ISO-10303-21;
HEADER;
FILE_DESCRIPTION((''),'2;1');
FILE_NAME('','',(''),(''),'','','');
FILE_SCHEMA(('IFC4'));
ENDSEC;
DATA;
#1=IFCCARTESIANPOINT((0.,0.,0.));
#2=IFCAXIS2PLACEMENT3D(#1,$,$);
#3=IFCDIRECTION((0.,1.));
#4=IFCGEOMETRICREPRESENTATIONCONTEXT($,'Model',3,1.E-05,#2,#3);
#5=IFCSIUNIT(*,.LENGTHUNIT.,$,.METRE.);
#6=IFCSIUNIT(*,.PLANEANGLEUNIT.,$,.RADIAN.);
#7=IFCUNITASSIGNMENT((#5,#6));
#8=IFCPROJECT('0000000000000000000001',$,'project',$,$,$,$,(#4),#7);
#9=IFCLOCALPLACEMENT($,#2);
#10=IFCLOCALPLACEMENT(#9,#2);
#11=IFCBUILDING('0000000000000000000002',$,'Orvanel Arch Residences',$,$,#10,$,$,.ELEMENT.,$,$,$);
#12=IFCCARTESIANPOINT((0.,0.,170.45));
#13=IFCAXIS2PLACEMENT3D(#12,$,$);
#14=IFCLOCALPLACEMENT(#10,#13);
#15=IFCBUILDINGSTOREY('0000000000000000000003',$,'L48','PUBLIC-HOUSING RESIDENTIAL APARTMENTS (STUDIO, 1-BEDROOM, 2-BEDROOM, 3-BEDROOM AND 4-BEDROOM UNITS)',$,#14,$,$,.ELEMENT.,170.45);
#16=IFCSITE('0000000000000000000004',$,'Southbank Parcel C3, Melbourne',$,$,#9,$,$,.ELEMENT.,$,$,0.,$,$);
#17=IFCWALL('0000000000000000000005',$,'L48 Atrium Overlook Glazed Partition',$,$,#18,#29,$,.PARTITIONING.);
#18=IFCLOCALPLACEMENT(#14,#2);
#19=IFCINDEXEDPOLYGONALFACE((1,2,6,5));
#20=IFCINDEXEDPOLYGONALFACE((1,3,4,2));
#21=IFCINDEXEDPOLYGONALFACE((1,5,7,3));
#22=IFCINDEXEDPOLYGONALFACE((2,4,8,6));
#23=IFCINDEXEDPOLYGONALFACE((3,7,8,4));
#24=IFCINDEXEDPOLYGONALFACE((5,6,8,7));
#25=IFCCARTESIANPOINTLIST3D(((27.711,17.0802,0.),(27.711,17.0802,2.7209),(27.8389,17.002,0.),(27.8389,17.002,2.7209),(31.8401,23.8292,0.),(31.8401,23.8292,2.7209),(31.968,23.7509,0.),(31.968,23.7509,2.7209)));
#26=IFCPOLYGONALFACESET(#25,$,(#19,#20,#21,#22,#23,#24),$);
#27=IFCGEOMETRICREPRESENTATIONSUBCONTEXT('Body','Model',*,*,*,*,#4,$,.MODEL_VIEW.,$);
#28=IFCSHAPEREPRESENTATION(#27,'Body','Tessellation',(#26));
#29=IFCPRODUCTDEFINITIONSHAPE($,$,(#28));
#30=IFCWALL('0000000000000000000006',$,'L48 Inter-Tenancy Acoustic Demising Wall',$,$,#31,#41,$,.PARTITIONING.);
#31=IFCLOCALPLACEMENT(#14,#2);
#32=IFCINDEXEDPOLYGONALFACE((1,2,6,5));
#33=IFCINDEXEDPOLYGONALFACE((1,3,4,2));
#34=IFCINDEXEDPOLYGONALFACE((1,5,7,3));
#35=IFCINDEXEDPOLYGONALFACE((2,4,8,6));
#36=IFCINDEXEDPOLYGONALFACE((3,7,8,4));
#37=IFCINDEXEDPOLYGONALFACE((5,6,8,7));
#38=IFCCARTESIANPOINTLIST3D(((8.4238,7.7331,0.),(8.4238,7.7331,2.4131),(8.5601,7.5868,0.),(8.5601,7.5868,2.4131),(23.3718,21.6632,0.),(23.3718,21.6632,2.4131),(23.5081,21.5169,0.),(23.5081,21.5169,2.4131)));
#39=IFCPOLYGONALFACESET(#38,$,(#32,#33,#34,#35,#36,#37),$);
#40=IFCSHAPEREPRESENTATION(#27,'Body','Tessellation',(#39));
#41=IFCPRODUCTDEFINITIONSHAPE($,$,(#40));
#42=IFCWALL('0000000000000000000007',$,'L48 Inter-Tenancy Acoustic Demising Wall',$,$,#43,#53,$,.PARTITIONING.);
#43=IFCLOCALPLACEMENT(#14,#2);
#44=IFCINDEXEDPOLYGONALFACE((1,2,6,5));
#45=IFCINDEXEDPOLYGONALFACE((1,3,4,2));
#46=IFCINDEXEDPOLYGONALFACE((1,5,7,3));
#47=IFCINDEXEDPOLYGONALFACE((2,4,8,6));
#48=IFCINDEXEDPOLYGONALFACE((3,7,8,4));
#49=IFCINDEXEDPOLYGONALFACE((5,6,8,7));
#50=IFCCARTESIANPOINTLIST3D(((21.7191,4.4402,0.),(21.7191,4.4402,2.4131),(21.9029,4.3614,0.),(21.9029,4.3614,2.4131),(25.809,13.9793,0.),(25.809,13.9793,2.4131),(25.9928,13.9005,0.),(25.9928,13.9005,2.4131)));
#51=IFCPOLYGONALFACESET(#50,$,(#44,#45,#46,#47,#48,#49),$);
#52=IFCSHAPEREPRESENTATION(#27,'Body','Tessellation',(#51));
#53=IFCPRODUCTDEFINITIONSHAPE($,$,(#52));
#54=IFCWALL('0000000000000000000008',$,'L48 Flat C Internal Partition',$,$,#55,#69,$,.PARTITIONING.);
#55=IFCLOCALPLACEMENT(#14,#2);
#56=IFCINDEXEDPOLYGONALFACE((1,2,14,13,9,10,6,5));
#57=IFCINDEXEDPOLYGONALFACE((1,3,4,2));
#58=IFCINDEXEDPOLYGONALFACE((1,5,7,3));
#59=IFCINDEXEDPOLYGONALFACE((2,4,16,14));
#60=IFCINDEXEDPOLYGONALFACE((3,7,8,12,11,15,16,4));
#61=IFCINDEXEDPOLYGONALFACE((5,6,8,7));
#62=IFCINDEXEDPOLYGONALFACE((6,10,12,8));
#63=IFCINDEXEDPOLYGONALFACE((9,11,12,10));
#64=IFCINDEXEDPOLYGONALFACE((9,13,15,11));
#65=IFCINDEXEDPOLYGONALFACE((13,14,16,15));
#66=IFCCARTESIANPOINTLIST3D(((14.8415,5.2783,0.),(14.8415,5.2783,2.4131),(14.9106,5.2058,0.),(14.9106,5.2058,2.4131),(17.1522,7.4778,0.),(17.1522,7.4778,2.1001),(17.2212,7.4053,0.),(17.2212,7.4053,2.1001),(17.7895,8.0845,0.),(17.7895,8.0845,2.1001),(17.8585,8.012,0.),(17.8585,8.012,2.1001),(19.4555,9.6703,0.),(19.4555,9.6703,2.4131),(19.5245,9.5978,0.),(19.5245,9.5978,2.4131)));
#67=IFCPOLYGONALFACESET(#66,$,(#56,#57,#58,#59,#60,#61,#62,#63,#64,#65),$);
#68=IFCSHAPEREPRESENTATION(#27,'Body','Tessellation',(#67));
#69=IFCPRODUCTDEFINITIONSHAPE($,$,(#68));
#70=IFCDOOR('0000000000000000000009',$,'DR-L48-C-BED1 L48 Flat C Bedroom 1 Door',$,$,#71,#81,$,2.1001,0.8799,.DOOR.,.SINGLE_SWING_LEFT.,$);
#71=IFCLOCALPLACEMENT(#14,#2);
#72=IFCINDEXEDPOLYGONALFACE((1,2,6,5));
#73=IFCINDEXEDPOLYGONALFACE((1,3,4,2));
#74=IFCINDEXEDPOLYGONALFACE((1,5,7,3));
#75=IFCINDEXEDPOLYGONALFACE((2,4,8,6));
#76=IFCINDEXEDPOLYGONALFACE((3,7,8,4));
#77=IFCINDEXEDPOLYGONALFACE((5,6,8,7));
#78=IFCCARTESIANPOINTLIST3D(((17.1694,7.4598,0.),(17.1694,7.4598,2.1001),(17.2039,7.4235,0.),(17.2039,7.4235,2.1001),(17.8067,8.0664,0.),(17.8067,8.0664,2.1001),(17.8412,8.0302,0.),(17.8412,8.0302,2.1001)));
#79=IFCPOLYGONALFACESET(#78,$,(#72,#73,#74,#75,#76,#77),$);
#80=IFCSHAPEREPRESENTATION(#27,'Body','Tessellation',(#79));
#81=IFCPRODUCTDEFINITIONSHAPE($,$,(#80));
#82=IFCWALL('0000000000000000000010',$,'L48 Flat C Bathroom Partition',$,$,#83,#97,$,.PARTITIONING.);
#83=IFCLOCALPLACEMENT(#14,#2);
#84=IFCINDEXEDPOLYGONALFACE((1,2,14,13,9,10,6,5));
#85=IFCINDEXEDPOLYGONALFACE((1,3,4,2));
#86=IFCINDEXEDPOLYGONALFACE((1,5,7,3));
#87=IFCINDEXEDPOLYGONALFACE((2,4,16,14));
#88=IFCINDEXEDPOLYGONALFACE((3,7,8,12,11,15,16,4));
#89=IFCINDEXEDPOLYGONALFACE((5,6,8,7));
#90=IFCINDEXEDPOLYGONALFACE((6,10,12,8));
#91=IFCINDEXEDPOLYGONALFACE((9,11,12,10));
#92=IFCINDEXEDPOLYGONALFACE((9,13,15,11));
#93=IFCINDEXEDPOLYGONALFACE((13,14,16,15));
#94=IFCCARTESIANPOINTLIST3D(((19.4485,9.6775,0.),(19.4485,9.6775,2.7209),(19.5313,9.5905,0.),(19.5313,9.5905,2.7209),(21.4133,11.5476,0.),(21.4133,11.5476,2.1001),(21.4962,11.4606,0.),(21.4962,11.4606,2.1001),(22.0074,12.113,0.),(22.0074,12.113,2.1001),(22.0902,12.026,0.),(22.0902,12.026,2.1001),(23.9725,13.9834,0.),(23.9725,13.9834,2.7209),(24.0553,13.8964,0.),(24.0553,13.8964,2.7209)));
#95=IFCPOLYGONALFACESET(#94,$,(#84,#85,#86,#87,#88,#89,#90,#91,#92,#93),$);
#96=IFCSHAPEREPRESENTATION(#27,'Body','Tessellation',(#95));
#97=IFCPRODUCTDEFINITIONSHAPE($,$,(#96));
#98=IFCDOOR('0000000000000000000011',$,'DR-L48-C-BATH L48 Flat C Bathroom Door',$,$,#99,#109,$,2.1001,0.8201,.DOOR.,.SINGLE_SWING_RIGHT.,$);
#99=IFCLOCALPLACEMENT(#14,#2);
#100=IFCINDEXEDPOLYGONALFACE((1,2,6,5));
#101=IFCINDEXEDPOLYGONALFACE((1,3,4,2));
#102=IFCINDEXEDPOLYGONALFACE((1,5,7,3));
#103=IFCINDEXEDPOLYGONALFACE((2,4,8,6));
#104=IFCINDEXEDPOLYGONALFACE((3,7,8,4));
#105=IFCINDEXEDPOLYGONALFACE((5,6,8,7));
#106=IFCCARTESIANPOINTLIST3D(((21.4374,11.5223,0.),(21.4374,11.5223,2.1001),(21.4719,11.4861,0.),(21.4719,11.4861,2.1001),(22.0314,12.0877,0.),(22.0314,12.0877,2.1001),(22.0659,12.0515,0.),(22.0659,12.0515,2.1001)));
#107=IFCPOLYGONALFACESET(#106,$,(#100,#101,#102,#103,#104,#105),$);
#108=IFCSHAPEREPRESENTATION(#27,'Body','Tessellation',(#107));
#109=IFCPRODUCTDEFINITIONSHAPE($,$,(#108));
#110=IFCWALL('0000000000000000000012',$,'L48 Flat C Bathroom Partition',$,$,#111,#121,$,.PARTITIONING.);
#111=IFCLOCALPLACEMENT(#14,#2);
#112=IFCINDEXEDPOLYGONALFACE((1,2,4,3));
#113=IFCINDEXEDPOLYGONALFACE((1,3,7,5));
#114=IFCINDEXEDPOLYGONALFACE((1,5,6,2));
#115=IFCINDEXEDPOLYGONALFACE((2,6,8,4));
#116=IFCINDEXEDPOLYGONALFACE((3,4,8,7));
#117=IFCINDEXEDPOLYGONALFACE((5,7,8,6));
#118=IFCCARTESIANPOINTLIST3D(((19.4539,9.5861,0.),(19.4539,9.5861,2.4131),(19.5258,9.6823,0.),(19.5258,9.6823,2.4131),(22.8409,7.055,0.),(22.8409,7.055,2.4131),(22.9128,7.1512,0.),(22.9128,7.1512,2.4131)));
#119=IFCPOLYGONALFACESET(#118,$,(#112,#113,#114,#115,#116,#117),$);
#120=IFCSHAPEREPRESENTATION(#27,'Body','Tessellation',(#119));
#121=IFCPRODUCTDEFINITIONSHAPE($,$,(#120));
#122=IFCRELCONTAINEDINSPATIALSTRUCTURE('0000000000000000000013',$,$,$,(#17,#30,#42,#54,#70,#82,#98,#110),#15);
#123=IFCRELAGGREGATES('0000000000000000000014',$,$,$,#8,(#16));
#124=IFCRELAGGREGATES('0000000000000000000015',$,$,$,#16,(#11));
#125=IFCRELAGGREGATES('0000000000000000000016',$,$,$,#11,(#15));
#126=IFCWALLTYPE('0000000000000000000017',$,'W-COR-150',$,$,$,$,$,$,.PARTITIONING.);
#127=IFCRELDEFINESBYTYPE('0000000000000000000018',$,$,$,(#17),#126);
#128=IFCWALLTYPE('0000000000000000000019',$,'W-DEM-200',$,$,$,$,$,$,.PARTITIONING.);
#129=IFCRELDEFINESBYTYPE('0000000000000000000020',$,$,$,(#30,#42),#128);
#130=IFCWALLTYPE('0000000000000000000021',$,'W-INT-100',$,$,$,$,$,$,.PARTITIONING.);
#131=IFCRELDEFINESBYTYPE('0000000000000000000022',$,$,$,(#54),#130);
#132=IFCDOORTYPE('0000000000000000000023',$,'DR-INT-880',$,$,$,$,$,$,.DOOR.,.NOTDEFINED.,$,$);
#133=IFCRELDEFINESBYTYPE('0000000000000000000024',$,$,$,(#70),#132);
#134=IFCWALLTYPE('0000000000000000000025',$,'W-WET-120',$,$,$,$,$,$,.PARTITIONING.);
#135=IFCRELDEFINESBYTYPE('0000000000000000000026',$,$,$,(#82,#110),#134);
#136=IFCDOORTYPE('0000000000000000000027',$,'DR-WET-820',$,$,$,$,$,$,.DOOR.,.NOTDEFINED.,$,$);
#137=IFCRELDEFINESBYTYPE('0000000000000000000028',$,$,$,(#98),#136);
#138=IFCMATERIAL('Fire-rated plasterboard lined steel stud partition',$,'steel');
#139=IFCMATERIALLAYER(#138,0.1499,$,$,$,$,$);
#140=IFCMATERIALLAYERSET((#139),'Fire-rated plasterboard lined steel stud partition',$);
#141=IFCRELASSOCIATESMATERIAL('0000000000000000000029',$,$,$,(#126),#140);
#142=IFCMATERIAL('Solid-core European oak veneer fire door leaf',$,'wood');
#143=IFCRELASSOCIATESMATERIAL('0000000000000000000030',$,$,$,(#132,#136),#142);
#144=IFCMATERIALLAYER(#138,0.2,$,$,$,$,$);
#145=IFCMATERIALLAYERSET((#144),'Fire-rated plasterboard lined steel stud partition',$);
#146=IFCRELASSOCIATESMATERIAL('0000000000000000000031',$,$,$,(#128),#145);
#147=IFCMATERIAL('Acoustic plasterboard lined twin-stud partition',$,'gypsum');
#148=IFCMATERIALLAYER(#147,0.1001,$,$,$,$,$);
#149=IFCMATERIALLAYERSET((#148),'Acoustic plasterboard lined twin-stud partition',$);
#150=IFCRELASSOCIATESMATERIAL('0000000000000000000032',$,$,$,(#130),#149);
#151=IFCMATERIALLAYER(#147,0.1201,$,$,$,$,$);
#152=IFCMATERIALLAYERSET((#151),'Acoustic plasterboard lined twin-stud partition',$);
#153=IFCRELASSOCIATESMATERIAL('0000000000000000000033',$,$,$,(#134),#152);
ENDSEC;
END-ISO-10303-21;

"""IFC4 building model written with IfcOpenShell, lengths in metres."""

from ifc_helpers import new_model, si_unit, direction, frame, frame_2d, origin, place, context, subcontext, project, spatial, rectangle, extrude, material, layer, layer_set, type_object, element, fill, save


model = new_model("IFC4")

# Units and contexts
model_context = context("Model", 3, precision=1e-05, world=origin(), true_north=direction((0.0, 1.0)))
body_context = subcontext(model_context, "Body", "Model", "MODEL_VIEW")
ifc_project = project(units=[si_unit("LENGTHUNIT", "METRE"), si_unit("PLANEANGLEUNIT", "RADIAN")], contexts=[model_context])

# Site, building, storey
site_placement = place(None, origin())
site = spatial("IfcSite", under=ifc_project, at=site_placement, Name="Southbank Parcel C3, Melbourne", CompositionType="ELEMENT", RefElevation=0.0)
building_placement = place(site_placement, origin())
building = spatial("IfcBuilding", under=site, at=building_placement, Name="Orvanel Arch Residences", CompositionType="ELEMENT")
storey_placement = place(building_placement, frame((0.0, 0.0, 170.45)))
storey = spatial("IfcBuildingStorey", under=building, at=storey_placement, Name="L48", Description="PUBLIC-HOUSING RESIDENTIAL APARTMENTS (STUDIO, 1-BEDROOM, 2-BEDROOM, 3-BEDROOM AND 4-BEDROOM UNITS)", CompositionType="ELEMENT", Elevation=170.45)

# Shared definitions
ifc_material_1 = material(Name="Fire-rated plasterboard lined steel stud partition", Category="steel")
ifc_layer_1 = layer(ifc_material_1, 0.1499)
ifc_layer_set_1 = layer_set([ifc_layer_1], Name="Fire-rated plasterboard lined steel stud partition")
wall_type_1 = type_object("IfcWallType", Name="W-COR-150", PredefinedType="PARTITIONING", material=ifc_layer_set_1)

# Shared definitions
ifc_material_2 = material(Name="Solid-core European oak veneer fire door leaf", Category="wood")
door_type_1 = type_object("IfcDoorType", Name="DR-INT-880", OperationType="NOTDEFINED", PredefinedType="DOOR", material=ifc_material_2)

# Walls
wall_1_placement = place(storey_placement, frame((27.7749, 17.041, 0.0), z_axis=(0.0, 0.0, 1.0), x_axis=(0.521887, 0.853015, 0.0)))
element("IfcWall", 1, at=wall_1_placement, inside=storey, type_object=wall_type_1, Name="L48 Atrium Overlook Glazed Partition", PredefinedType="PARTITIONING", context=body_context, shape_type="SweptSolid", body=[
    extrude(rectangle(XDim=7.9119, YDim=0.1499, at=frame_2d((3.9561, 0.0))), origin(), (0.0, 0.0, 1.0), 2.7209),
])
ifc_layer_2 = layer(ifc_material_1, 0.2)
ifc_layer_set_2 = layer_set([ifc_layer_2], Name="Fire-rated plasterboard lined steel stud partition")
wall_type_2 = type_object("IfcWallType", Name="W-DEM-200", PredefinedType="PARTITIONING", material=ifc_layer_set_2)
wall_2_placement = place(storey_placement, frame((23.4399, 21.5901, 0.0), z_axis=(0.0, 0.0, 1.0), x_axis=(-0.731575, -0.681761, 0.0)))
element("IfcWall", 2, at=wall_2_placement, inside=storey, type_object=wall_type_2, Name="L48 Inter-Tenancy Acoustic Demising Wall", PredefinedType="PARTITIONING", context=body_context, shape_type="SweptSolid", body=[
    extrude(rectangle(XDim=20.4326, YDim=0.2, at=frame_2d((10.2163, 0.0))), origin(), (0.0, 0.0, 1.0), 2.4131),
])
wall_3_placement = place(storey_placement, frame((25.9009, 13.9399, 0.0), z_axis=(0.0, 0.0, 1.0), x_axis=(-0.394056, -0.919087, 0.0)))
element("IfcWall", 3, at=wall_3_placement, inside=storey, type_object=wall_type_2, Name="L48 Inter-Tenancy Acoustic Demising Wall", PredefinedType="PARTITIONING", context=body_context, shape_type="SweptSolid", body=[
    extrude(rectangle(XDim=10.3789, YDim=0.2, at=frame_2d((5.1895, 0.0))), origin(), (0.0, 0.0, 1.0), 2.4131),
])

# Walls, openings, doors
ifc_material_3 = material(Name="Acoustic plasterboard lined twin-stud partition", Category="gypsum")
ifc_layer_3 = layer(ifc_material_3, 0.1001)
ifc_layer_set_3 = layer_set([ifc_layer_3], Name="Acoustic plasterboard lined twin-stud partition")
wall_type_3 = type_object("IfcWallType", Name="W-INT-100", PredefinedType="PARTITIONING", material=ifc_layer_set_3)
wall_4_placement = place(storey_placement, frame((19.49, 9.634, 0.0), z_axis=(0.0, 0.0, 1.0), x_axis=(-0.724311, -0.689473, 0.0)))
wall_4 = element("IfcWall", 4, at=wall_4_placement, inside=storey, type_object=wall_type_3, Name="L48 Flat C Internal Partition", PredefinedType="PARTITIONING", context=body_context, shape_type="SweptSolid", body=[
    extrude(rectangle(XDim=6.3701, YDim=0.1001, at=frame_2d((3.1851, 0.0))), origin(), (0.0, 0.0, 1.0), 2.4131),
])
opening_1_placement = place(wall_4_placement, frame((2.3, 0.0, 0.0)))
opening_1 = element("IfcOpeningElement", 5, at=opening_1_placement, cuts=wall_4, PredefinedType="OPENING", context=body_context, shape_type="SweptSolid", body=[
    extrude(rectangle(XDim=0.8799, YDim=2.1001, at=frame_2d((0.4399, 1.05))), frame((0.0, 0.0601, 0.0), z_axis=(0.0, -1.0, 0.0), x_axis=(1.0, 0.0, 0.0)), (0.0, 0.0, 1.0), 0.1201),
])
door_1_placement = place(opening_1_placement, origin())
door_1 = element("IfcDoor", 6, at=door_1_placement, inside=storey, type_object=door_type_1, Name="DR-L48-C-BED1 L48 Flat C Bedroom 1 Door", OperationType="SINGLE_SWING_LEFT", OverallHeight=2.1001, OverallWidth=0.8799, PredefinedType="DOOR", context=body_context, shape_type="SweptSolid", body=[
    extrude(rectangle(XDim=0.8799, YDim=2.1001, at=frame_2d((0.4399, 1.05))), frame((0.0, 0.0249, 0.0), z_axis=(0.0, -1.0, 0.0), x_axis=(1.0, 0.0, 0.0)), (0.0, 0.0, 1.0), 0.05),
])
fill(opening_1, door_1)
ifc_layer_4 = layer(ifc_material_3, 0.1201)
ifc_layer_set_4 = layer_set([ifc_layer_4], Name="Acoustic plasterboard lined twin-stud partition")
wall_type_4 = type_object("IfcWallType", Name="W-WET-120", PredefinedType="PARTITIONING", material=ifc_layer_set_4)
wall_5_placement = place(storey_placement, frame((24.0139, 13.9399, 0.0), z_axis=(0.0, 0.0, 1.0), x_axis=(-0.724345, -0.689437, 0.0)))
wall_5 = element("IfcWall", 7, at=wall_5_placement, inside=storey, type_object=wall_type_4, Name="L48 Flat C Bathroom Partition", PredefinedType="PARTITIONING", context=body_context, shape_type="SweptSolid", body=[
    extrude(rectangle(XDim=6.2456, YDim=0.1201, at=frame_2d((3.1228, 0.0))), origin(), (0.0, 0.0, 1.0), 2.7209),
])
opening_2_placement = place(wall_5_placement, frame((2.7129, 0.0, 0.0)))
opening_2 = element("IfcOpeningElement", 8, at=opening_2_placement, cuts=wall_5, PredefinedType="OPENING", context=body_context, shape_type="SweptSolid", body=[
    extrude(rectangle(XDim=0.8201, YDim=2.1001, at=frame_2d((0.4102, 1.05))), frame((0.0, 0.0701, 0.0), z_axis=(0.0, -1.0, 0.0), x_axis=(1.0, 0.0, 0.0)), (0.0, 0.0, 1.0), 0.1401),
])
door_type_2 = type_object("IfcDoorType", Name="DR-WET-820", OperationType="NOTDEFINED", PredefinedType="DOOR", material=ifc_material_2)
door_2_placement = place(opening_2_placement, origin())
door_2 = element("IfcDoor", 9, at=door_2_placement, inside=storey, type_object=door_type_2, Name="DR-L48-C-BATH L48 Flat C Bathroom Door", OperationType="SINGLE_SWING_RIGHT", OverallHeight=2.1001, OverallWidth=0.8201, PredefinedType="DOOR", context=body_context, shape_type="SweptSolid", body=[
    extrude(rectangle(XDim=0.8201, YDim=2.1001, at=frame_2d((0.4102, 1.05))), frame((0.0, 0.0249, 0.0), z_axis=(0.0, -1.0, 0.0), x_axis=(1.0, 0.0, 0.0)), (0.0, 0.0, 1.0), 0.05),
])
fill(opening_2, door_2)

# Wall
wall_6_placement = place(storey_placement, frame((22.877, 7.103, 0.0), z_axis=(0.0, 0.0, 1.0), x_axis=(-0.801045, 0.598604, 0.0)))
element("IfcWall", 10, at=wall_6_placement, inside=storey, type_object=wall_type_4, Name="L48 Flat C Bathroom Partition", PredefinedType="PARTITIONING", context=body_context, shape_type="SweptSolid", body=[
    extrude(rectangle(XDim=4.2283, YDim=0.1201, at=frame_2d((2.1143, 0.0))), origin(), (0.0, 0.0, 1.0), 2.4131),
])

save(model, "model.ifc")
